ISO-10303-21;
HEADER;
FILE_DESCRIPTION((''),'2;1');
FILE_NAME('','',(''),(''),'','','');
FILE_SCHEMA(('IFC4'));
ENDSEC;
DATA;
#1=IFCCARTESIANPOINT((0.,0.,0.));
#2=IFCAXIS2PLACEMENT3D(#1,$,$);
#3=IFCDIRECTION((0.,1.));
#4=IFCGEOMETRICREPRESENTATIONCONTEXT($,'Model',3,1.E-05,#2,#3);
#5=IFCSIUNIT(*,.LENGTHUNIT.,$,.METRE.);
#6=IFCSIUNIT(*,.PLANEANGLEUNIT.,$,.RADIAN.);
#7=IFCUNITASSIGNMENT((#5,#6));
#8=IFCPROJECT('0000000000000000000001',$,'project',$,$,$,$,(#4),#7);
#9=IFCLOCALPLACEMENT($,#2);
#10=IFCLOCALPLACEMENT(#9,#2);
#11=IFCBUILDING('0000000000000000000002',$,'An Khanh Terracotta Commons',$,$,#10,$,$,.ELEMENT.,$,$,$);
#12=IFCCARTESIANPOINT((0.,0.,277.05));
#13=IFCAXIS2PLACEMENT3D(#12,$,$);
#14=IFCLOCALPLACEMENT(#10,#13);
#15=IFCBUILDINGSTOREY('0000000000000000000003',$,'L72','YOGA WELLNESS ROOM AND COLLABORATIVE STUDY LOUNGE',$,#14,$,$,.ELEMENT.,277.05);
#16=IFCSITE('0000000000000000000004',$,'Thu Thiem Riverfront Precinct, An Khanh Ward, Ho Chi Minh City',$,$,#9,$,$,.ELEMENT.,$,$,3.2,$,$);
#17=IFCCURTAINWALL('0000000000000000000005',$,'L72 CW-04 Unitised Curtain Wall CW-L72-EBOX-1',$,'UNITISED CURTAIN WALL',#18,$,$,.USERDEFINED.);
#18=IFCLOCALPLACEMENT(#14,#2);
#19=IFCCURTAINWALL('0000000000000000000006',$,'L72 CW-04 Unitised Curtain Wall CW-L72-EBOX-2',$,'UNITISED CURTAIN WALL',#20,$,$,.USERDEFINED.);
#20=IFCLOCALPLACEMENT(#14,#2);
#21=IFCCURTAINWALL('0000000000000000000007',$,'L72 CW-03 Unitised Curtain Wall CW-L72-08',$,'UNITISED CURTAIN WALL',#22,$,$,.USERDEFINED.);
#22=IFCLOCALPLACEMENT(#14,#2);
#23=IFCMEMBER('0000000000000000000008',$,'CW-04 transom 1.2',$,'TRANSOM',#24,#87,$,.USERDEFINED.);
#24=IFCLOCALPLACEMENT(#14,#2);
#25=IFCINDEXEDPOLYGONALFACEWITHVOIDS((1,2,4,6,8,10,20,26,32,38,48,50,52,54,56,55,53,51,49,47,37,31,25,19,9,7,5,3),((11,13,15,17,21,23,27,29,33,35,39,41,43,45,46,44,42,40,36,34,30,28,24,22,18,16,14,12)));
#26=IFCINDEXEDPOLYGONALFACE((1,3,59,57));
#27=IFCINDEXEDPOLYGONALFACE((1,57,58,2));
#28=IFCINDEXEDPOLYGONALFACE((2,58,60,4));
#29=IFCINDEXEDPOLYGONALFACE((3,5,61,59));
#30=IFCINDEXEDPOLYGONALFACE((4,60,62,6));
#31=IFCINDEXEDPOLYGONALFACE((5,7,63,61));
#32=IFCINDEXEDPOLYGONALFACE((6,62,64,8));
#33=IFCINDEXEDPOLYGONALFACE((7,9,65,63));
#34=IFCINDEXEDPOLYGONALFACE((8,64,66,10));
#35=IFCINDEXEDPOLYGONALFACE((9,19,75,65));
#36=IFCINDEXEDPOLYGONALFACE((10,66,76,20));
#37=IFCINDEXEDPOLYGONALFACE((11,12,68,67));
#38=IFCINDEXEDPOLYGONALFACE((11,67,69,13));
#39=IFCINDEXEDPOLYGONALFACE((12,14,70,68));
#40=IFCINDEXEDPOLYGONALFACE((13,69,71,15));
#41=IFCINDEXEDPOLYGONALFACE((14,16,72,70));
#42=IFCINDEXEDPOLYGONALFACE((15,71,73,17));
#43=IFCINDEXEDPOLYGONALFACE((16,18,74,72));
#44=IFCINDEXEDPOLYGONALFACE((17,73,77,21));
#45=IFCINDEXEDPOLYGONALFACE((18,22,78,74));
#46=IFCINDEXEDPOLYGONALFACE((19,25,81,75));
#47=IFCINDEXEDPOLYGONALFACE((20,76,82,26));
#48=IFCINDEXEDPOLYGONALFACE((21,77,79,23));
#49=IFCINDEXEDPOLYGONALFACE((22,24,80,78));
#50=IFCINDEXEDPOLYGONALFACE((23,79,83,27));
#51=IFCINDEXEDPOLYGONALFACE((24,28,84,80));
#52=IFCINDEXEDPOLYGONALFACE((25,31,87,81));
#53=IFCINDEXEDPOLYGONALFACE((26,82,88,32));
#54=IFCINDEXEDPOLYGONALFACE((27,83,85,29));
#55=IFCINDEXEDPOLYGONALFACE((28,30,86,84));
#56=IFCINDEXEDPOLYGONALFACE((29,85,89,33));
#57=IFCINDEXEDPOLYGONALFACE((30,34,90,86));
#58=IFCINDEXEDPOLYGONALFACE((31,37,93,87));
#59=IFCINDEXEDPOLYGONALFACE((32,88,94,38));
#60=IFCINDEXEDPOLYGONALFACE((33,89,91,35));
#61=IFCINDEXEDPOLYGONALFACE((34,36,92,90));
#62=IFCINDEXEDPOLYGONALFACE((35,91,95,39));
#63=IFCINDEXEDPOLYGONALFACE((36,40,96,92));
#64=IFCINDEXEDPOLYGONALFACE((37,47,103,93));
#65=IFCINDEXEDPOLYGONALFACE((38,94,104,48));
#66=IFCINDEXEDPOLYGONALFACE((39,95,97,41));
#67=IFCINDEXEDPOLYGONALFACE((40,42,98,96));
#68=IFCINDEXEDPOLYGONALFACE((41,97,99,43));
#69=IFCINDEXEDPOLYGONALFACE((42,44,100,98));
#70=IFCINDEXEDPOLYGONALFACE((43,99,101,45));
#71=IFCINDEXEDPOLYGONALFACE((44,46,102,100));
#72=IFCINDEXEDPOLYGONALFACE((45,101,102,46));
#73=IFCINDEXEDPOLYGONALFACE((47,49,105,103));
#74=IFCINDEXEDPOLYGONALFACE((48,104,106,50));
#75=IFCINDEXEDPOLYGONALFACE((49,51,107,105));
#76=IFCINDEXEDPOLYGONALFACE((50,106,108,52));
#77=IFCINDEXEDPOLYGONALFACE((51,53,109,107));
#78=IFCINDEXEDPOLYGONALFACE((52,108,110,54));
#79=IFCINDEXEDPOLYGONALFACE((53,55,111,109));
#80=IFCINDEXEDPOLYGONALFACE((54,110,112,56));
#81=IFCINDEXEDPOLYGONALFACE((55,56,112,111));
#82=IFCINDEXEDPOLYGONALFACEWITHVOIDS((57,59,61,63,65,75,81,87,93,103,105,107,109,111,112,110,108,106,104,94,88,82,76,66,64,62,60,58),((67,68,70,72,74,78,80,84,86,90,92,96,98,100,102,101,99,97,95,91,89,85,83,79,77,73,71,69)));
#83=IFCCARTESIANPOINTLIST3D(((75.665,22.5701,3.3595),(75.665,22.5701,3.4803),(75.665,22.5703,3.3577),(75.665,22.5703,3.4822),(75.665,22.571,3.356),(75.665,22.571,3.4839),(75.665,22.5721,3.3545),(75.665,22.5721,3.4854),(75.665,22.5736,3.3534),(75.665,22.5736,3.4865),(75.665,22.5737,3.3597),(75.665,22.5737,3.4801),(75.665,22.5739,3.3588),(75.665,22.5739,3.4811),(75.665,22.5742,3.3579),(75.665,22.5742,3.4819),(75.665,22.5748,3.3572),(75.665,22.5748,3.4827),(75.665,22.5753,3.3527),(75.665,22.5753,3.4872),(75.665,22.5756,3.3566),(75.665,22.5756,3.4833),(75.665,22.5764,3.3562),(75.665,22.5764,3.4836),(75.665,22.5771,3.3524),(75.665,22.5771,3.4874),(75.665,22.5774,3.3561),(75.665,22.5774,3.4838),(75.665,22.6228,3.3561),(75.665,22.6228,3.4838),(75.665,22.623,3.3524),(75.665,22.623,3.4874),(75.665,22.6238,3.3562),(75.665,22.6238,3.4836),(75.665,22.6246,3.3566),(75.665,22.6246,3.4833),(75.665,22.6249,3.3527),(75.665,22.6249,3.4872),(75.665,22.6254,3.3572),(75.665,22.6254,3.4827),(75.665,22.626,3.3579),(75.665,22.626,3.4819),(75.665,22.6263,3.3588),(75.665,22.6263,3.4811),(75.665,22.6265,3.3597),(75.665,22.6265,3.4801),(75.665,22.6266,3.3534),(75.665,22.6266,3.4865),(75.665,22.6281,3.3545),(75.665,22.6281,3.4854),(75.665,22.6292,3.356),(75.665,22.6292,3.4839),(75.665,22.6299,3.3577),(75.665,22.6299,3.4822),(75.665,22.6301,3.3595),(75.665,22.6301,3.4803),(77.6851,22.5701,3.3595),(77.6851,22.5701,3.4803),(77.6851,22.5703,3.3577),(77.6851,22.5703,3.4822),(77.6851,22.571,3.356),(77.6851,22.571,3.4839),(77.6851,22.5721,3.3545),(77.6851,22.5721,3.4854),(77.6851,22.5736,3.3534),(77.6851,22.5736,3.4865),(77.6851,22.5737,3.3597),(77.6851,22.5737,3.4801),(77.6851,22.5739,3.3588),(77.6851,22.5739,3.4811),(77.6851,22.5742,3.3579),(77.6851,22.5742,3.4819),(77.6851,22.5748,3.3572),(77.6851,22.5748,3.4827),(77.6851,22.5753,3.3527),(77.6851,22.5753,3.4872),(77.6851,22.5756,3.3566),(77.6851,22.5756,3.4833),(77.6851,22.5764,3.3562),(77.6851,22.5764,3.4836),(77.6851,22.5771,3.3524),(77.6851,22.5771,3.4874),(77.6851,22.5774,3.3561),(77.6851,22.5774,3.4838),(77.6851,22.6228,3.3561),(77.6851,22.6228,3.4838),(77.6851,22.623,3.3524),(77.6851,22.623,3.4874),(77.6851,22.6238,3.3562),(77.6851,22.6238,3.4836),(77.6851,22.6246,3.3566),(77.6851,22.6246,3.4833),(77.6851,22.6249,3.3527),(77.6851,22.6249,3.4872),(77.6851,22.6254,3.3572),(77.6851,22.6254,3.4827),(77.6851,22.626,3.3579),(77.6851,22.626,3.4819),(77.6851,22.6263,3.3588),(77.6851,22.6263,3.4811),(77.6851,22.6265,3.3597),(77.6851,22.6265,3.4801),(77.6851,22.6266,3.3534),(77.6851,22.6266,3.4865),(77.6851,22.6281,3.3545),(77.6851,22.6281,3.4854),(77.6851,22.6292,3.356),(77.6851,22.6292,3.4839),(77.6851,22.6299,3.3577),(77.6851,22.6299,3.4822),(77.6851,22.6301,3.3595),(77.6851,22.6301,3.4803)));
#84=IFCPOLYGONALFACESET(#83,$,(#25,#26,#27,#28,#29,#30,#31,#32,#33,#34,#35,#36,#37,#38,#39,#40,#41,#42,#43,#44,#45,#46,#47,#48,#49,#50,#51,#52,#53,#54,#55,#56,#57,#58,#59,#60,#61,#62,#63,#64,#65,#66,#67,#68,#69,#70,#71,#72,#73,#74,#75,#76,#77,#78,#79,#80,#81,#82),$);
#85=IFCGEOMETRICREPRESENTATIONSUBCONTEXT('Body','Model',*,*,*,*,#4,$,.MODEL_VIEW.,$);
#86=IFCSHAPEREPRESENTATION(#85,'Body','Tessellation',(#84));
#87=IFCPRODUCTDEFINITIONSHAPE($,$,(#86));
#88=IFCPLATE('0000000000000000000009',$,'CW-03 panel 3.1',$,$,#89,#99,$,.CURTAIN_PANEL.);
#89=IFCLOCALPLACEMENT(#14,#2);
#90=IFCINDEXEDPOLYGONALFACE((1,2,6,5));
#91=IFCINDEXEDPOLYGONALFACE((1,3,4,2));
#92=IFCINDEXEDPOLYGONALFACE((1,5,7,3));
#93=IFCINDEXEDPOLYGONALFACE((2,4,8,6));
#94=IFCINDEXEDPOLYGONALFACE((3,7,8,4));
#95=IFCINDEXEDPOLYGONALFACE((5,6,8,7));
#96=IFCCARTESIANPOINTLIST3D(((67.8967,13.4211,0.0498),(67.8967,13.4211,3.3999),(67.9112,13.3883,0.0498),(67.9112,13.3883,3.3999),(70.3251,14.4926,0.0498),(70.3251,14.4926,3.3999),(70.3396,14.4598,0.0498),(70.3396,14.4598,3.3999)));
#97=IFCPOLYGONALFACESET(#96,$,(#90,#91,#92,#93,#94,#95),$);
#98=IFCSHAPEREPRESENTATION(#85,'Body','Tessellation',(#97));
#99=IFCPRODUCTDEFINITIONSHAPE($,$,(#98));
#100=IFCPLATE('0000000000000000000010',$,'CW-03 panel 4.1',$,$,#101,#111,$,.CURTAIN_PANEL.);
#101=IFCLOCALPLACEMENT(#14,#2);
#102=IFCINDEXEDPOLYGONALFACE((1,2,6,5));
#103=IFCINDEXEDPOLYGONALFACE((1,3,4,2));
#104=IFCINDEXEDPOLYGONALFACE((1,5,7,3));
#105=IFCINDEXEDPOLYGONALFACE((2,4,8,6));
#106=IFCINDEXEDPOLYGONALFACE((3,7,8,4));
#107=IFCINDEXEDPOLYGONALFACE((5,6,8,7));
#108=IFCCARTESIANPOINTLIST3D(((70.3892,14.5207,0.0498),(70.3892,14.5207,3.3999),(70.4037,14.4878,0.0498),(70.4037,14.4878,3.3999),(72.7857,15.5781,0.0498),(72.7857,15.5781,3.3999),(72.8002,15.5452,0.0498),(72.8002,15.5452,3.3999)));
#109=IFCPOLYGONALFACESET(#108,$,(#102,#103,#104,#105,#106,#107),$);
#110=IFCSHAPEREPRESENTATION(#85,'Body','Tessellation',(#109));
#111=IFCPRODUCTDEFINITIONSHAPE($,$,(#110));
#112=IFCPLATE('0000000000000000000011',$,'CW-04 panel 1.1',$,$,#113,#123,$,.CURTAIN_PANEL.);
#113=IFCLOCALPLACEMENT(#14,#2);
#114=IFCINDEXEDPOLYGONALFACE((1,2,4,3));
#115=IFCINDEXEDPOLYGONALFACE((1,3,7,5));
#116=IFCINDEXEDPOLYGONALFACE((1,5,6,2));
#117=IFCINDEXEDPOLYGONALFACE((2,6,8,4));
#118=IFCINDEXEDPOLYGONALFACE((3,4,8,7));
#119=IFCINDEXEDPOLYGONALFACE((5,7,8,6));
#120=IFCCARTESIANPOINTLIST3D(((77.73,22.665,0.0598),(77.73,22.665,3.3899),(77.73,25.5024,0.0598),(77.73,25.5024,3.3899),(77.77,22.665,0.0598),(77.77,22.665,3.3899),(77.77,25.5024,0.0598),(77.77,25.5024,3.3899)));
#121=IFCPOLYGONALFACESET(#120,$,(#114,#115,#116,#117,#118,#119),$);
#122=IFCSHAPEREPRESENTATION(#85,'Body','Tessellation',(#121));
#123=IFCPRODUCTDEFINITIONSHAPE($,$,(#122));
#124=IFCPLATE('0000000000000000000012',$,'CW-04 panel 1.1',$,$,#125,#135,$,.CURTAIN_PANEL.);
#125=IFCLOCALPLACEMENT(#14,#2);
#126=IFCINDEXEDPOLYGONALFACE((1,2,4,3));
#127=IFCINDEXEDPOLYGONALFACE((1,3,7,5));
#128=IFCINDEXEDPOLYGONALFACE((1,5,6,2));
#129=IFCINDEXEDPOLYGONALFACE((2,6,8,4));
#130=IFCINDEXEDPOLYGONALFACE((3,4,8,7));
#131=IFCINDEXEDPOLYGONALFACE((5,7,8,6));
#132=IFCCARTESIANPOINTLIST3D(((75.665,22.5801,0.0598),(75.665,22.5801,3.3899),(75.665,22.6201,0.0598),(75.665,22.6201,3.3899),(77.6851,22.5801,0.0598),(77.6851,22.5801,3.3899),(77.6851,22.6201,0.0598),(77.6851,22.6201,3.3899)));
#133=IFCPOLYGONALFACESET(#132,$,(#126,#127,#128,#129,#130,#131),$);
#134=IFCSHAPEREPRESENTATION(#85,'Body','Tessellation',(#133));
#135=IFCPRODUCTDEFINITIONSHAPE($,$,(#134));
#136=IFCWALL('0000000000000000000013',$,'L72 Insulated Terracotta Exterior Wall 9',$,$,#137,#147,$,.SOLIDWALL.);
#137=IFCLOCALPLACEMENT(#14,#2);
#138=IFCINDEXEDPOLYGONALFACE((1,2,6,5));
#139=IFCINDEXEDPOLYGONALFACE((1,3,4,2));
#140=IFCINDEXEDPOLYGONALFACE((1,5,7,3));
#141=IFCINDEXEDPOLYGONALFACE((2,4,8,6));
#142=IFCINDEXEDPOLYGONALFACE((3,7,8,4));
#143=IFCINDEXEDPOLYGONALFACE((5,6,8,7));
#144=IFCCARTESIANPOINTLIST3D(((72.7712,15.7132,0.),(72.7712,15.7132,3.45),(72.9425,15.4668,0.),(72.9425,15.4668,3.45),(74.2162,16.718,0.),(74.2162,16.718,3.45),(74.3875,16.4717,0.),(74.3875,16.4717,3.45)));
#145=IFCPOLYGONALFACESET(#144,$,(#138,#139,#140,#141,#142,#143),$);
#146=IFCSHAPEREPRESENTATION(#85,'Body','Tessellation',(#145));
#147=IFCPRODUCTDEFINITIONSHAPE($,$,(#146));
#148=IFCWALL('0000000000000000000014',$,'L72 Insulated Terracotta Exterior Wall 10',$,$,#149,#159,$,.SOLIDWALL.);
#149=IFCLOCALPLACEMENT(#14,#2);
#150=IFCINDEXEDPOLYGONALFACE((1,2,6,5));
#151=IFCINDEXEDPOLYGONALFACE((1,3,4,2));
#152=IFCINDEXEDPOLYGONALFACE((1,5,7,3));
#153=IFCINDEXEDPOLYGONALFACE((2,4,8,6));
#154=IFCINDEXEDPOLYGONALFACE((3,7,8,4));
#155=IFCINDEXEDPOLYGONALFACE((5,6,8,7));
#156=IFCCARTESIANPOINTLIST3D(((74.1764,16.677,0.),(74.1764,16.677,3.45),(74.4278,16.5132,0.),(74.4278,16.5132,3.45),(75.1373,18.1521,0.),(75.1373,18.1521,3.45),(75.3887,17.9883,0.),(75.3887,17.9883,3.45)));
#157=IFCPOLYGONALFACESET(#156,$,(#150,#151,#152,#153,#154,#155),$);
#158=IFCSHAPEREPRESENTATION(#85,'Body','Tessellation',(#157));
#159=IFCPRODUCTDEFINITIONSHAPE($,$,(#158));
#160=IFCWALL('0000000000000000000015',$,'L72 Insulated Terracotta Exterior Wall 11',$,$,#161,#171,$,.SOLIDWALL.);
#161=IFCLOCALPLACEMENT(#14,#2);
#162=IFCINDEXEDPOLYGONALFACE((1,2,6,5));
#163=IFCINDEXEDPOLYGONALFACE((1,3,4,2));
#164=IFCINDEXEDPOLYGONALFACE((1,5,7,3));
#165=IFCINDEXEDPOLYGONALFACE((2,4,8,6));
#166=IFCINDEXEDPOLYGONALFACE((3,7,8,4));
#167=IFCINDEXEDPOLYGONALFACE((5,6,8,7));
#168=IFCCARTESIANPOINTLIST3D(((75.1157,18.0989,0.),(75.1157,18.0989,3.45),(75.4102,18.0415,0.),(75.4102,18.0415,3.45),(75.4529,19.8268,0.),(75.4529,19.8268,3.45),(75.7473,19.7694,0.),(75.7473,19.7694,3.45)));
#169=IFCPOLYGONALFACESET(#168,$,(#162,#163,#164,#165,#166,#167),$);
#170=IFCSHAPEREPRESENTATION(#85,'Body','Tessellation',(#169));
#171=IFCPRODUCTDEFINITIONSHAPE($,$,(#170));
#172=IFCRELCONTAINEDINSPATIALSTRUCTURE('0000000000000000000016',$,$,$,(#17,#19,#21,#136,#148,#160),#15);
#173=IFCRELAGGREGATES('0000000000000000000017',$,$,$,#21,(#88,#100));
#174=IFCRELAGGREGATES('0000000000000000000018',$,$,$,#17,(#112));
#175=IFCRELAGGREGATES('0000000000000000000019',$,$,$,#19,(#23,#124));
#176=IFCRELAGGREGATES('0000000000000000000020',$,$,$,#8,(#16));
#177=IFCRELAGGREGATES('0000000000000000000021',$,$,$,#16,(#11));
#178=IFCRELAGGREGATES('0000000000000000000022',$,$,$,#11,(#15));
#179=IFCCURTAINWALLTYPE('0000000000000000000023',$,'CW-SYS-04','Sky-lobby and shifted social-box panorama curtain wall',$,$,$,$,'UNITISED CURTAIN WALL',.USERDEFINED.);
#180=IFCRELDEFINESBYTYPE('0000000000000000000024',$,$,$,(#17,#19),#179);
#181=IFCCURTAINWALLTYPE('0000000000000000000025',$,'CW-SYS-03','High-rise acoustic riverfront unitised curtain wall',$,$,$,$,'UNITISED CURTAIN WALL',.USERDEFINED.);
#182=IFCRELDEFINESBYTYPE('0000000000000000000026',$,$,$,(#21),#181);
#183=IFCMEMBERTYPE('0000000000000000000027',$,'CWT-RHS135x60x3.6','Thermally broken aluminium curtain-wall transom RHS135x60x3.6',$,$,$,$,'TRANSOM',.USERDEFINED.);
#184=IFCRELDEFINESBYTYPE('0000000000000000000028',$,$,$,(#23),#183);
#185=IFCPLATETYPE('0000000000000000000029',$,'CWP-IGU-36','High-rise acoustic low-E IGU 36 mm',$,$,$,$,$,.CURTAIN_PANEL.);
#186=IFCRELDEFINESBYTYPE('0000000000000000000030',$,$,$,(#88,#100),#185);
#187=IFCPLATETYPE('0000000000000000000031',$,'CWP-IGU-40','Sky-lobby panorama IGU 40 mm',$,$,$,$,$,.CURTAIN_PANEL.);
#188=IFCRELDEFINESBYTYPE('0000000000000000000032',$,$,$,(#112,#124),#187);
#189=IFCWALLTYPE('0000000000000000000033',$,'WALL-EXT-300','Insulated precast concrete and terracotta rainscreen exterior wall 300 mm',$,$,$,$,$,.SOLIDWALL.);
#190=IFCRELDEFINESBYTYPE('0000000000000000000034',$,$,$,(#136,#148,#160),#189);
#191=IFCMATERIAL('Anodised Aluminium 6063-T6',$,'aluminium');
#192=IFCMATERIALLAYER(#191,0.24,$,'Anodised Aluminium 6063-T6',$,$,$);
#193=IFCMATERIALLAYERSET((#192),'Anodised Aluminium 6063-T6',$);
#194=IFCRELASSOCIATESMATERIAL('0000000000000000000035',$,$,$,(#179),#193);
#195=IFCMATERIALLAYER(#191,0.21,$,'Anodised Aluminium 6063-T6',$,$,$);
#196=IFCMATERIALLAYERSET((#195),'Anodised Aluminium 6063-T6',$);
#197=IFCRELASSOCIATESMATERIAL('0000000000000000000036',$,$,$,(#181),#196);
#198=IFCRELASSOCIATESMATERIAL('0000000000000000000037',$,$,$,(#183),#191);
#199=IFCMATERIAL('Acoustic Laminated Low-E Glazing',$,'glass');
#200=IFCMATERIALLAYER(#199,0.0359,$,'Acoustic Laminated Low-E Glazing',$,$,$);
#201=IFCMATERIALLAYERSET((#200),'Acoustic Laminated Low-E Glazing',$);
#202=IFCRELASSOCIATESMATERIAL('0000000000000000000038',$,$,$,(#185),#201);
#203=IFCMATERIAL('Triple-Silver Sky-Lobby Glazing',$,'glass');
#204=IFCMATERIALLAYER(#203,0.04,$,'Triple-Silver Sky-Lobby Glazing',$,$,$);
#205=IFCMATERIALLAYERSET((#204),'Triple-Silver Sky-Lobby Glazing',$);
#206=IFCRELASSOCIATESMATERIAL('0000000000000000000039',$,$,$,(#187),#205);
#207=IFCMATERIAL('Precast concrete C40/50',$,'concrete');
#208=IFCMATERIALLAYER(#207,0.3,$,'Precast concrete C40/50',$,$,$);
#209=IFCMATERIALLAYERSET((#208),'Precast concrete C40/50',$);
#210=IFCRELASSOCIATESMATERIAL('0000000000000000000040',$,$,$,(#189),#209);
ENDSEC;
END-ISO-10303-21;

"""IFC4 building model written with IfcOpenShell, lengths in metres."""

from ifc_helpers import new_model, si_unit, direction, frame, frame_2d, origin, origin_2d, place, context, subcontext, project, spatial, rectangle, hollow_rectangle, extrude, material, layer, layer_set, material_profile, profile_set, type_object, element, aggregate, save


model = new_model("IFC4")

# Units and contexts
model_context = context("Model", 3, precision=1e-05, world=origin(), true_north=direction((0.0, 1.0)))
body_context = subcontext(model_context, "Body", "Model", "MODEL_VIEW")
ifc_project = project(units=[si_unit("LENGTHUNIT", "METRE"), si_unit("PLANEANGLEUNIT", "RADIAN")], contexts=[model_context])

# Site, building, storey
site_placement = place(None, origin())
site = spatial("IfcSite", under=ifc_project, at=site_placement, Name="Thu Thiem Riverfront Precinct, An Khanh Ward, Ho Chi Minh City", CompositionType="ELEMENT", RefElevation=3.2)
building_placement = place(site_placement, origin())
building = spatial("IfcBuilding", under=site, at=building_placement, Name="An Khanh Terracotta Commons", CompositionType="ELEMENT")
storey_placement = place(building_placement, frame((0.0, 0.0, 277.05)))
storey = spatial("IfcBuildingStorey", under=building, at=storey_placement, Name="L72", Description="YOGA WELLNESS ROOM AND COLLABORATIVE STUDY LOUNGE", CompositionType="ELEMENT", Elevation=277.05)

# Curtain wall
ifc_material_1 = material(Name="Anodised Aluminium 6063-T6", Category="aluminium")
ifc_layer_1 = layer(ifc_material_1, 0.24, Name="Anodised Aluminium 6063-T6")
ifc_layer_set_1 = layer_set([ifc_layer_1], Name="Anodised Aluminium 6063-T6")
curtain_wall_type_1 = type_object("IfcCurtainWallType", Name="CW-SYS-04", Description="Sky-lobby and shifted social-box panorama curtain wall", ElementType="UNITISED CURTAIN WALL", PredefinedType="USERDEFINED", material=ifc_layer_set_1)
curtain_wall_1_placement = place(storey_placement, origin())
curtain_wall_1 = element("IfcCurtainWall", 1, at=curtain_wall_1_placement, inside=storey, type_object=curtain_wall_type_1, Name="L72 CW-04 Unitised Curtain Wall CW-L72-EBOX-1", ObjectType="UNITISED CURTAIN WALL", PredefinedType="USERDEFINED")

# Curtain walls
curtain_wall_2_placement = place(storey_placement, origin())
curtain_wall_2 = element("IfcCurtainWall", 2, at=curtain_wall_2_placement, inside=storey, type_object=curtain_wall_type_1, Name="L72 CW-04 Unitised Curtain Wall CW-L72-EBOX-2", ObjectType="UNITISED CURTAIN WALL", PredefinedType="USERDEFINED")
ifc_layer_2 = layer(ifc_material_1, 0.21, Name="Anodised Aluminium 6063-T6")
ifc_layer_set_2 = layer_set([ifc_layer_2], Name="Anodised Aluminium 6063-T6")
curtain_wall_type_2 = type_object("IfcCurtainWallType", Name="CW-SYS-03", Description="High-rise acoustic riverfront unitised curtain wall", ElementType="UNITISED CURTAIN WALL", PredefinedType="USERDEFINED", material=ifc_layer_set_2)
curtain_wall_3_placement = place(storey_placement, origin())
curtain_wall_3 = element("IfcCurtainWall", 3, at=curtain_wall_3_placement, inside=storey, type_object=curtain_wall_type_2, Name="L72 CW-03 Unitised Curtain Wall CW-L72-08", ObjectType="UNITISED CURTAIN WALL", PredefinedType="USERDEFINED")

# Member
ifc_material_profile_1 = material_profile(ifc_material_1, hollow_rectangle(XDim=0.0601, YDim=0.135, WallThickness=0.0037, InnerFilletRadius=0.0037, OuterFilletRadius=0.0071, at=origin_2d()), Name="RHS135x60x3.6")
ifc_profile_set_1 = profile_set([ifc_material_profile_1], Name="Anodised Aluminium 6063-T6")
member_type_1 = type_object("IfcMemberType", Name="CWT-RHS135x60x3.6", Description="Thermally broken aluminium curtain-wall transom RHS135x60x3.6", ElementType="TRANSOM", PredefinedType="USERDEFINED", material=ifc_profile_set_1)
member_1_placement = place(storey_placement, frame((75.665, 22.6001, 3.4199), z_axis=(1.0, 0.0, 0.0), x_axis=(0.0, 1.0, 0.0)))
member_1 = element("IfcMember", 4, at=member_1_placement, type_object=member_type_1, Name="CW-04 transom 1.2", ObjectType="TRANSOM", PredefinedType="USERDEFINED", context=body_context, shape_type="SweptSolid", body=[
    extrude(hollow_rectangle(XDim=0.0601, YDim=0.135, WallThickness=0.0037, InnerFilletRadius=0.0037, OuterFilletRadius=0.0071, at=origin_2d()), origin(), (0.0, 0.0, 1.0), 2.02),
])

# Plates
ifc_material_2 = material(Name="Acoustic Laminated Low-E Glazing", Category="glass")
ifc_layer_3 = layer(ifc_material_2, 0.0359, Name="Acoustic Laminated Low-E Glazing")
ifc_layer_set_3 = layer_set([ifc_layer_3], Name="Acoustic Laminated Low-E Glazing")
plate_type_1 = type_object("IfcPlateType", Name="CWP-IGU-36", Description="High-rise acoustic low-E IGU 36 mm", PredefinedType="CURTAIN_PANEL", material=ifc_layer_set_3)
plate_1_placement = place(storey_placement, frame((69.1182, 13.9404, 0.0498), z_axis=(0.0, 0.0, 1.0), x_axis=(0.914902, 0.403676, 0.0)))
plate_1 = element("IfcPlate", 5, at=plate_1_placement, type_object=plate_type_1, Name="CW-03 panel 3.1", PredefinedType="CURTAIN_PANEL", context=body_context, shape_type="SweptSolid", body=[
    extrude(rectangle(XDim=2.6543, YDim=0.0359, at=origin_2d()), origin(), (0.0, 0.0, 1.0), 3.3501),
])
plate_2_placement = place(storey_placement, frame((71.5947, 15.033, 0.0498), z_axis=(0.0, 0.0, 1.0), x_axis=(0.914902, 0.403676, 0.0)))
plate_2 = element("IfcPlate", 6, at=plate_2_placement, type_object=plate_type_1, Name="CW-03 panel 4.1", PredefinedType="CURTAIN_PANEL", context=body_context, shape_type="SweptSolid", body=[
    extrude(rectangle(XDim=2.6194, YDim=0.0359, at=origin_2d()), origin(), (0.0, 0.0, 1.0), 3.3501),
])
aggregate(curtain_wall_3, [plate_1, plate_2])
ifc_material_3 = material(Name="Triple-Silver Sky-Lobby Glazing", Category="glass")
ifc_layer_4 = layer(ifc_material_3, 0.04, Name="Triple-Silver Sky-Lobby Glazing")
ifc_layer_set_4 = layer_set([ifc_layer_4], Name="Triple-Silver Sky-Lobby Glazing")
plate_type_2 = type_object("IfcPlateType", Name="CWP-IGU-40", Description="Sky-lobby panorama IGU 40 mm", PredefinedType="CURTAIN_PANEL", material=ifc_layer_set_4)
plate_3_placement = place(storey_placement, frame((77.75, 24.0837, 0.0598), z_axis=(0.0, 0.0, 1.0), x_axis=(0.0, 1.0, 0.0)))
plate_3 = element("IfcPlate", 7, at=plate_3_placement, type_object=plate_type_2, Name="CW-04 panel 1.1", PredefinedType="CURTAIN_PANEL", context=body_context, shape_type="SweptSolid", body=[
    extrude(rectangle(XDim=2.8374, YDim=0.04, at=origin_2d()), origin(), (0.0, 0.0, 1.0), 3.3301),
])
aggregate(curtain_wall_1, [plate_3])
plate_4_placement = place(storey_placement, frame((76.675, 22.6001, 0.0598), z_axis=(0.0, 0.0, 1.0), x_axis=(1.0, 0.0, 0.0)))
plate_4 = element("IfcPlate", 8, at=plate_4_placement, type_object=plate_type_2, Name="CW-04 panel 1.1", PredefinedType="CURTAIN_PANEL", context=body_context, shape_type="SweptSolid", body=[
    extrude(rectangle(XDim=2.02, YDim=0.04, at=origin_2d()), origin(), (0.0, 0.0, 1.0), 3.3301),
])
aggregate(curtain_wall_2, [member_1, plate_4])

# Walls
ifc_material_4 = material(Name="Precast concrete C40/50", Category="concrete")
ifc_layer_5 = layer(ifc_material_4, 0.3, Name="Precast concrete C40/50")
ifc_layer_set_5 = layer_set([ifc_layer_5], Name="Precast concrete C40/50")
wall_type = type_object("IfcWallType", Name="WALL-EXT-300", Description="Insulated precast concrete and terracotta rainscreen exterior wall 300 mm", PredefinedType="SOLIDWALL", material=ifc_layer_set_5)
wall_1_placement = place(storey_placement, frame((72.8569, 15.5901, 0.0), z_axis=(0.0, 0.0, 1.0), x_axis=(0.821007, 0.570918, 0.0)))
element("IfcWall", 9, at=wall_1_placement, inside=storey, type_object=wall_type, Name="L72 Insulated Terracotta Exterior Wall 9", PredefinedType="SOLIDWALL", context=body_context, shape_type="SweptSolid", body=[
    extrude(rectangle(XDim=1.76, YDim=0.3, at=frame_2d((0.8799, 0.0))), origin(), (0.0, 0.0, 1.0), 3.45),
])
for number, where, z_axis, x_axis, name in (
    (10, (74.302, 16.595, 0.0), (0.0, 0.0, 1.0), (0.545836, 0.837892, 0.0), "L72 Insulated Terracotta Exterior Wall 10"),
    (11, (75.2629, 18.0701, 0.0), (0.0, 0.0, 1.0), (0.191501, 0.981492, 0.0), "L72 Insulated Terracotta Exterior Wall 11"),
):
    element("IfcWall", number, at=place(storey_placement, frame(where, z_axis=z_axis, x_axis=x_axis)), inside=storey, type_object=wall_type, Name=name, PredefinedType="SOLIDWALL", context=body_context, shape_type="SweptSolid", body=[
        extrude(rectangle(XDim=1.7605, YDim=0.3, at=frame_2d((0.8804, 0.0))), origin(), (0.0, 0.0, 1.0), 3.45),
    ])

save(model, "model.ifc")
